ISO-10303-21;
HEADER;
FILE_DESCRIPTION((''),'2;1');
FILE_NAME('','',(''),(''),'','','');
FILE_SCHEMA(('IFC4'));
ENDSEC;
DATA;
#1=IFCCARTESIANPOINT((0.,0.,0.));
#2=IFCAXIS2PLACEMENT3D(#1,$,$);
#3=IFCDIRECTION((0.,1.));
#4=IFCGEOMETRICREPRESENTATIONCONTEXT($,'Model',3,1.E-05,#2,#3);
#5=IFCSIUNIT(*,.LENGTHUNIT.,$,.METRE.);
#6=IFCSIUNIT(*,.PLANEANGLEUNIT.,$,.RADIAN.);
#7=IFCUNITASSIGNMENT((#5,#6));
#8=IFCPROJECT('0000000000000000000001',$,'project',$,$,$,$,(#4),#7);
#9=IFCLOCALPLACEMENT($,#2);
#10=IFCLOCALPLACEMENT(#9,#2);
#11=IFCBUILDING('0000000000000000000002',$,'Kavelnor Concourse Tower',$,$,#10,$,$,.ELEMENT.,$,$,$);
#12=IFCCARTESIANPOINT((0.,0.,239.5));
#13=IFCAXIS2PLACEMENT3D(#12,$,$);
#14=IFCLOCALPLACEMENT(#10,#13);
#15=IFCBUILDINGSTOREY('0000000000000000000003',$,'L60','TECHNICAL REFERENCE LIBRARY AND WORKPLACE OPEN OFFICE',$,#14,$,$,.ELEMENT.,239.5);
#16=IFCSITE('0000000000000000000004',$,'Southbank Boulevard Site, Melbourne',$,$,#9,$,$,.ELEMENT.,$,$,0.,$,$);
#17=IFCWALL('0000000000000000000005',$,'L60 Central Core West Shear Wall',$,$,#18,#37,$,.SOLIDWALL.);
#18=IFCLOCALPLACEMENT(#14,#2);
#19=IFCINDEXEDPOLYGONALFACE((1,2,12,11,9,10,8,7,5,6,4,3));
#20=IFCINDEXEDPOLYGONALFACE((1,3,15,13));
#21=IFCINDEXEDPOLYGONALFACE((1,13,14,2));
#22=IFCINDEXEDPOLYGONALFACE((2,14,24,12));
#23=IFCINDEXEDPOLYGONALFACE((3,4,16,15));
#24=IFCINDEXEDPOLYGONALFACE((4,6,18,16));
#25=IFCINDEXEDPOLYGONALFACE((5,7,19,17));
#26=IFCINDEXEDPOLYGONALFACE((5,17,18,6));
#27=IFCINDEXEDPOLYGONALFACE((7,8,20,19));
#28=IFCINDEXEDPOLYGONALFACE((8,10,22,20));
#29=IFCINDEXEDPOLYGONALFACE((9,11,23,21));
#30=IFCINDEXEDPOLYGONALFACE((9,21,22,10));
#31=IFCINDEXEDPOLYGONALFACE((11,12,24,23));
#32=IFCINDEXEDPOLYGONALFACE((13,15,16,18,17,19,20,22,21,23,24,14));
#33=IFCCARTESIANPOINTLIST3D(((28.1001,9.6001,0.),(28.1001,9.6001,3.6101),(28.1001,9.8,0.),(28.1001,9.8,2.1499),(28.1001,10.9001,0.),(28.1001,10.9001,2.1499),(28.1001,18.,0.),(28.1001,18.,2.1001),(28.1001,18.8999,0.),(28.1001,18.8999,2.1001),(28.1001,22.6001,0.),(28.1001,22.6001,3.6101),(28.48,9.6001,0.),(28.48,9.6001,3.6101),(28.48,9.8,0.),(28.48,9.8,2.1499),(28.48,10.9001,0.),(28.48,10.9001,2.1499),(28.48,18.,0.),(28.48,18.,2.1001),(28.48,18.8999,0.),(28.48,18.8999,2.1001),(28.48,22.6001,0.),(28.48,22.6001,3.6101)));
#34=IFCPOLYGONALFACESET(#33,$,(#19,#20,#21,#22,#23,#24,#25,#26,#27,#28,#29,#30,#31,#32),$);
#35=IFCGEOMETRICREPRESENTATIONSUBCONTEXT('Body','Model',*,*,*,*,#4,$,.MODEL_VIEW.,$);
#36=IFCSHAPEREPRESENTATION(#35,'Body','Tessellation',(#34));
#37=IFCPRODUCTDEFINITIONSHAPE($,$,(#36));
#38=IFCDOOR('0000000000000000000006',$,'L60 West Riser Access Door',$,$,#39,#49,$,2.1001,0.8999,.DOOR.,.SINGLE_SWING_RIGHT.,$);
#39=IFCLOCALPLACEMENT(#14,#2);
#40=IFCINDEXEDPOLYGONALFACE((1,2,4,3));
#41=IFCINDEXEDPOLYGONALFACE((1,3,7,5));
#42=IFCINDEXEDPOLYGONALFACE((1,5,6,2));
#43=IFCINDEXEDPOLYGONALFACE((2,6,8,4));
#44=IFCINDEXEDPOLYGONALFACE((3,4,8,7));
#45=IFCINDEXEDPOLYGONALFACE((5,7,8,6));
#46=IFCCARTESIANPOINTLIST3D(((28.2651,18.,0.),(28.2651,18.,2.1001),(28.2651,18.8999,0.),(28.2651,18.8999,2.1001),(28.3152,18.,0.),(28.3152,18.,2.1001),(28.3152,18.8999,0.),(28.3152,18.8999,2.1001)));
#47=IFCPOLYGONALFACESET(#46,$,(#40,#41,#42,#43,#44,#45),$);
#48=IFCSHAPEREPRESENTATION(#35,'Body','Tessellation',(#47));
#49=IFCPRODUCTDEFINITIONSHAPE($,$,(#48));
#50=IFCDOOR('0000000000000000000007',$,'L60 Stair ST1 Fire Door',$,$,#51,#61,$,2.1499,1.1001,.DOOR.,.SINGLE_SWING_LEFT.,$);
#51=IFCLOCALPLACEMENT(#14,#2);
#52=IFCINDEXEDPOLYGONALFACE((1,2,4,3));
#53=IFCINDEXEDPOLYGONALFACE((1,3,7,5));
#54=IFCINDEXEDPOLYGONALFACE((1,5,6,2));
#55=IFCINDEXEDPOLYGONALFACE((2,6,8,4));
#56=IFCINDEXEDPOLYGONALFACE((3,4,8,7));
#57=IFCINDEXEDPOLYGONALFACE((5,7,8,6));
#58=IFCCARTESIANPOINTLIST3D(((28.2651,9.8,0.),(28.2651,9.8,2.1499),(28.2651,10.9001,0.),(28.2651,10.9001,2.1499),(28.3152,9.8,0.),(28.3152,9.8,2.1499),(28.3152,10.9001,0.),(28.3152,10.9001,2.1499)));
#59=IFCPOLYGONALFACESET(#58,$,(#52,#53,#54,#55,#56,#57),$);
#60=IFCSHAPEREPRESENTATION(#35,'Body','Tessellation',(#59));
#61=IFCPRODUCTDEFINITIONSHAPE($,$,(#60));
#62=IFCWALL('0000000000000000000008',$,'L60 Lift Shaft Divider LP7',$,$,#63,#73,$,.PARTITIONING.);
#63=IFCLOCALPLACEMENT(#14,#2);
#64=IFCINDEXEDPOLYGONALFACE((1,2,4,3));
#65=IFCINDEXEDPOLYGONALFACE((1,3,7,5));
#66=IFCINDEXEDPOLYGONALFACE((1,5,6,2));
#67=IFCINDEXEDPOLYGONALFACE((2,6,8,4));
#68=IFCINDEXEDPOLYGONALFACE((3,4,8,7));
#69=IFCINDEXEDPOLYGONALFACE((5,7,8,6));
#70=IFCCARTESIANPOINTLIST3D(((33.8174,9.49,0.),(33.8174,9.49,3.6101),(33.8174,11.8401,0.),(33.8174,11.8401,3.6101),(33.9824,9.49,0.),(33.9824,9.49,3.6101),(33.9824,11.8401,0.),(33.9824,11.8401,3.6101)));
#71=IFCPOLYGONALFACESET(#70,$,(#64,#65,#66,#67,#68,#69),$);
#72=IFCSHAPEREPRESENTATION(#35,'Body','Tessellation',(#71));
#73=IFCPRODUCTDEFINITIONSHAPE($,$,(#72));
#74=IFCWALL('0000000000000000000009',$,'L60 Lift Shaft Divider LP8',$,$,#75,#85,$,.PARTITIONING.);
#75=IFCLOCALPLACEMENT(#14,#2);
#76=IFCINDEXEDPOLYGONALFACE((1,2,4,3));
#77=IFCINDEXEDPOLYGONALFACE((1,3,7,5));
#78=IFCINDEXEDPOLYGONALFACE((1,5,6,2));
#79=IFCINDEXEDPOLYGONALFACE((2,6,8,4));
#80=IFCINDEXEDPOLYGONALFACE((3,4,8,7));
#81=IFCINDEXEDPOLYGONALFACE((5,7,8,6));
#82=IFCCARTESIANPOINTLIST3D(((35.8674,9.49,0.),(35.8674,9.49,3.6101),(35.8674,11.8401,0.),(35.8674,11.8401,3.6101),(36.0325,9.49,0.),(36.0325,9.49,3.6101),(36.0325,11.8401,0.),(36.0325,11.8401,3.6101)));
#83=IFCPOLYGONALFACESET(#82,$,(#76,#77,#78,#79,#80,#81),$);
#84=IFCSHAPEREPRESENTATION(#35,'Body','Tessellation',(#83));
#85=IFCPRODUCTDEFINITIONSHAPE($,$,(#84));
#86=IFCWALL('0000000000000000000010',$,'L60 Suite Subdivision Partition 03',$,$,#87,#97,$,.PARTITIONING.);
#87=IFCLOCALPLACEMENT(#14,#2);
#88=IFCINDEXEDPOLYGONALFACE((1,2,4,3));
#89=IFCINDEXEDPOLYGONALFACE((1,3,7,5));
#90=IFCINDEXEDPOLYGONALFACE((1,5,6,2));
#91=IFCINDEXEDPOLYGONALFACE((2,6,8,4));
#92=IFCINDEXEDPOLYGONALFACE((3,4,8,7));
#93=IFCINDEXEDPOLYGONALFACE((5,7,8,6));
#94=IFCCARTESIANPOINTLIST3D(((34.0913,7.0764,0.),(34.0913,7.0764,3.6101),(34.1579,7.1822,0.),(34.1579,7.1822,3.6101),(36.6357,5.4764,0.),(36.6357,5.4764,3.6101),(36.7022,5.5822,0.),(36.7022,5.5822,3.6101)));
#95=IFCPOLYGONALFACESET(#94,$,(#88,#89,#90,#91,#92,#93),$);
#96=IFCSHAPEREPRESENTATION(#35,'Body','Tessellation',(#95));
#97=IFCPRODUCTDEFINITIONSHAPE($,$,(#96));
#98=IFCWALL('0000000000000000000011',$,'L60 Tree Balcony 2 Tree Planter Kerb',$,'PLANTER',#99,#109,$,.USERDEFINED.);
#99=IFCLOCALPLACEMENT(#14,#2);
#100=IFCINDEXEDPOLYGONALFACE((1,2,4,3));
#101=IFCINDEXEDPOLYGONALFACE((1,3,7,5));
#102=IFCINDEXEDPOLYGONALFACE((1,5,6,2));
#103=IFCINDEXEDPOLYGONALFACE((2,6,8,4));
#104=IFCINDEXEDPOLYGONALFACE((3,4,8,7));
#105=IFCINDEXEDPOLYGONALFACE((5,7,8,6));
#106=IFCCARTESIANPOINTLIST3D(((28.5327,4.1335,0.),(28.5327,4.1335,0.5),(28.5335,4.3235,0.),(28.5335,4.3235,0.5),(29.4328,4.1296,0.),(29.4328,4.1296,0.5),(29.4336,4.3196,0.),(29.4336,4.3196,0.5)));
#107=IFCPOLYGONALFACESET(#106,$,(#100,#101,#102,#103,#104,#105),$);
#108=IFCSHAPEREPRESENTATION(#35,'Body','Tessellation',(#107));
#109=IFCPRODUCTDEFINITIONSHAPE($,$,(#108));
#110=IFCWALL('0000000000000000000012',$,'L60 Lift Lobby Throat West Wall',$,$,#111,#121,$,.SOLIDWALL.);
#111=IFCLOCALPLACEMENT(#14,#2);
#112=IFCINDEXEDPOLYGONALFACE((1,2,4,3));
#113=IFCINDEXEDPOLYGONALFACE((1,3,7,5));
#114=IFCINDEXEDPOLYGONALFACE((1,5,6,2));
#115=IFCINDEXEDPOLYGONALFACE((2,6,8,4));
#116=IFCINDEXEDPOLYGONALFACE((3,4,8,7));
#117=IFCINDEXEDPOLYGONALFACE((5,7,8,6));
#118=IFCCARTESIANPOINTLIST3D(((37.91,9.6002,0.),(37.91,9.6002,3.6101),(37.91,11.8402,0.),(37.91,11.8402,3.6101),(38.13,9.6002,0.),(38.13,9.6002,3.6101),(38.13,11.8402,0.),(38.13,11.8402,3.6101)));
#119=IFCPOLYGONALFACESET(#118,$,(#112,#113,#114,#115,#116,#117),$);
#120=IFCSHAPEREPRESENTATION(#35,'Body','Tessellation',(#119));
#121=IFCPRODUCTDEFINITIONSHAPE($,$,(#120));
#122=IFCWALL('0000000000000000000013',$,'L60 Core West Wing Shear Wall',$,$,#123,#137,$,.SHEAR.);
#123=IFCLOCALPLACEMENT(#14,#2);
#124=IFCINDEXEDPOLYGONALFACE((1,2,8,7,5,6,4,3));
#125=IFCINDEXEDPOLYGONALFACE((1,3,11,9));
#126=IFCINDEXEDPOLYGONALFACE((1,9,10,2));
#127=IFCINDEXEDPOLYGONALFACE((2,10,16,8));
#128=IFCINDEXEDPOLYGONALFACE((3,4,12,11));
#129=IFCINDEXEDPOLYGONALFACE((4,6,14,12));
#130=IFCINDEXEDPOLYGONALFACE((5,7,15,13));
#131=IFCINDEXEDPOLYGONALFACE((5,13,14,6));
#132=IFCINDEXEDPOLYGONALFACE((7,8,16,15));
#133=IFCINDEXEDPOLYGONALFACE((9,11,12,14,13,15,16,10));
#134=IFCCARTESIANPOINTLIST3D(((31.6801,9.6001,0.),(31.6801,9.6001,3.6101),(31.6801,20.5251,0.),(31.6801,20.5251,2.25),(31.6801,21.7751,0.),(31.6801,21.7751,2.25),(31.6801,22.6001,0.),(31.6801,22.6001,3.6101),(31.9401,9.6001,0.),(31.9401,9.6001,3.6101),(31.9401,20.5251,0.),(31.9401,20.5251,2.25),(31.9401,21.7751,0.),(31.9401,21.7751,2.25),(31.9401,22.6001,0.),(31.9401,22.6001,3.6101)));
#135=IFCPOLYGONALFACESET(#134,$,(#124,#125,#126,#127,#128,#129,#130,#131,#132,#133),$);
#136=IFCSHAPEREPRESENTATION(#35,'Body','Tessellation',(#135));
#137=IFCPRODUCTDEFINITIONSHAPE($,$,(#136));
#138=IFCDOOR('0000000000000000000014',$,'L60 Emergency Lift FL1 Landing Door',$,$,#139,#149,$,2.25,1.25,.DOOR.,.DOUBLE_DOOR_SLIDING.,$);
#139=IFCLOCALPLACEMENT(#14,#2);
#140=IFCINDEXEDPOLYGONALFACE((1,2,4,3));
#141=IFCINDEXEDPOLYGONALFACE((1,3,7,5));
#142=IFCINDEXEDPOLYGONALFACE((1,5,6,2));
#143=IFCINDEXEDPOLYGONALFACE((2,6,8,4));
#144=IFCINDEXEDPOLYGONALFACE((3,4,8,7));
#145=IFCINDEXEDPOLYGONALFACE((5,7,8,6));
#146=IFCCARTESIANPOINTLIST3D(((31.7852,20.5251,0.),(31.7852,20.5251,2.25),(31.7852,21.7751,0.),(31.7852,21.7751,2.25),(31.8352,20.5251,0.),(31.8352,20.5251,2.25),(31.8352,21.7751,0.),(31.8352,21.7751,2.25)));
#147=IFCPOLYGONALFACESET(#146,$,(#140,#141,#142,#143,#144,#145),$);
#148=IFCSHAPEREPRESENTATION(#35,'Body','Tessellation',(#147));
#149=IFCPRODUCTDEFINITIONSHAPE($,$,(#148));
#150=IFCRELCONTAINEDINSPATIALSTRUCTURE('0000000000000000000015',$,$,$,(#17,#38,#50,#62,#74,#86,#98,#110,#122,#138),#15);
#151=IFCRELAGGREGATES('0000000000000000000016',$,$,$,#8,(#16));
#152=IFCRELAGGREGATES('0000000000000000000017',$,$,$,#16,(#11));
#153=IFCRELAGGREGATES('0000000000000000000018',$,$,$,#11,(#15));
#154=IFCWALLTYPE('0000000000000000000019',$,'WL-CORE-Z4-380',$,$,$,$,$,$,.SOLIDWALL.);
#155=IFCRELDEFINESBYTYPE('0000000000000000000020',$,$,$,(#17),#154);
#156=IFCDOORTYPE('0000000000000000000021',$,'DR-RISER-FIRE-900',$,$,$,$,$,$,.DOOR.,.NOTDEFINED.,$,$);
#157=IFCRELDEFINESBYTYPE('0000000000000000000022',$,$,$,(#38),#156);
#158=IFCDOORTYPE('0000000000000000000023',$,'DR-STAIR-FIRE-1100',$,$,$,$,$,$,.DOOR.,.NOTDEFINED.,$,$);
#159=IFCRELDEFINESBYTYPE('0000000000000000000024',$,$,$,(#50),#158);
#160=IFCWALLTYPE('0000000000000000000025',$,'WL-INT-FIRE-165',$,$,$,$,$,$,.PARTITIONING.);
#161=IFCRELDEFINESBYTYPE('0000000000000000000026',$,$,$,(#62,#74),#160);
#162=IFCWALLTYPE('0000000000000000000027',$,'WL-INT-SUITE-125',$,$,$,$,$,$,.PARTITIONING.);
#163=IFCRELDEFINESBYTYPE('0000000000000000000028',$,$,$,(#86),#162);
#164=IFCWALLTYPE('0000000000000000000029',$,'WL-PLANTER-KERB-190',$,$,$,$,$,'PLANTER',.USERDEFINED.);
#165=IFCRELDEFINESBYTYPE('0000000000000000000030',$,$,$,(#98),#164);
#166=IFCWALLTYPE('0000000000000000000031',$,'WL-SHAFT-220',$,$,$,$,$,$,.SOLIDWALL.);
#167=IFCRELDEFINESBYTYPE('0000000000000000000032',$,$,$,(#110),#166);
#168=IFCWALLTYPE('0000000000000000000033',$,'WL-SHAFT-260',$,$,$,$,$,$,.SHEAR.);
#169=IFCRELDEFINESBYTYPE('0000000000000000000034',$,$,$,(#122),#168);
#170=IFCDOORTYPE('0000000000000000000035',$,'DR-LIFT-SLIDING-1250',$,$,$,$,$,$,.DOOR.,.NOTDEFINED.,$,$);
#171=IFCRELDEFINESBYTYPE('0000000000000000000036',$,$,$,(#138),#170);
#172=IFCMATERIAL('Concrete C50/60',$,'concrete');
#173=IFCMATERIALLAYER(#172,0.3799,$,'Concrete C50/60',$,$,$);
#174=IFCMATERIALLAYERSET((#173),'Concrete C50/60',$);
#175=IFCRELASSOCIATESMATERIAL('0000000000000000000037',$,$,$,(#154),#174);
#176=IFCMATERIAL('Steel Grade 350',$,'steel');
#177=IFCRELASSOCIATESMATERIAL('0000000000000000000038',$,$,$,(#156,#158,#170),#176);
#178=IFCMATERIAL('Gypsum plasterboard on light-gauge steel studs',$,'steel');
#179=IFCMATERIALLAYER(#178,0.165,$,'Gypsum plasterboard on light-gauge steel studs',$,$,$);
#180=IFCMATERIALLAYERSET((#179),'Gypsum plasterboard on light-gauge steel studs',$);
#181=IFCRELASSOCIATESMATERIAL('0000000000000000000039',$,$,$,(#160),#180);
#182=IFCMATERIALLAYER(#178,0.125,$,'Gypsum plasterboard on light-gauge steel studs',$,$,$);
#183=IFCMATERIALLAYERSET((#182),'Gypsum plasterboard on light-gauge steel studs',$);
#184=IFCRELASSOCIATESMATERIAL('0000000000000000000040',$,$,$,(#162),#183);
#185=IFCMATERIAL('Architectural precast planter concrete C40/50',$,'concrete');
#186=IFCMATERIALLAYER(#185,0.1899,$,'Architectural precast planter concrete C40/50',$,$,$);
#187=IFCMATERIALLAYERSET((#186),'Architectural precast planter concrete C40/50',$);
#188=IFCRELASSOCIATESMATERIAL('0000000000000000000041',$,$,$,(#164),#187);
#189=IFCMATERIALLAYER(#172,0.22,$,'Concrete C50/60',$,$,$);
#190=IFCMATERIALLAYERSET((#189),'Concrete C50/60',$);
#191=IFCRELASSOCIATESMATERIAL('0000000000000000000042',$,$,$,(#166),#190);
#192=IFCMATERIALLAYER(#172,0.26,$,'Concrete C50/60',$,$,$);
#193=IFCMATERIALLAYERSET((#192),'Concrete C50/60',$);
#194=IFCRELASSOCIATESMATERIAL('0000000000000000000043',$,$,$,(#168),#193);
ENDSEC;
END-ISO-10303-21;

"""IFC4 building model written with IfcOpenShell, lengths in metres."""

from ifc_helpers import new_model, si_unit, direction, frame, frame_2d, origin, place, context, subcontext, project, spatial, rectangle, extrude, material, layer, layer_set, type_object, element, fill, save


model = new_model("IFC4")

# Units and contexts
model_context = context("Model", 3, precision=1e-05, world=origin(), true_north=direction((0.0, 1.0)))
body_context = subcontext(model_context, "Body", "Model", "MODEL_VIEW")
ifc_project = project(units=[si_unit("LENGTHUNIT", "METRE"), si_unit("PLANEANGLEUNIT", "RADIAN")], contexts=[model_context])

# Site, building, storey
site_placement = place(None, origin())
site = spatial("IfcSite", under=ifc_project, at=site_placement, Name="Southbank Boulevard Site, Melbourne", CompositionType="ELEMENT", RefElevation=0.0)
building_placement = place(site_placement, origin())
building = spatial("IfcBuilding", under=site, at=building_placement, Name="Kavelnor Concourse Tower", CompositionType="ELEMENT")
storey_placement = place(building_placement, frame((0.0, 0.0, 239.5)))
storey = spatial("IfcBuildingStorey", under=building, at=storey_placement, Name="L60", Description="TECHNICAL REFERENCE LIBRARY AND WORKPLACE OPEN OFFICE", CompositionType="ELEMENT", Elevation=239.5)

# Shared definitions
ifc_material_1 = material(Name="Steel Grade 350", Category="steel")

# Wall, openings, doors
ifc_material_2 = material(Name="Concrete C50/60", Category="concrete")
ifc_layer_1 = layer(ifc_material_2, 0.3799, Name="Concrete C50/60")
ifc_layer_set_1 = layer_set([ifc_layer_1], Name="Concrete C50/60")
wall_type_1 = type_object("IfcWallType", Name="WL-CORE-Z4-380", PredefinedType="SOLIDWALL", material=ifc_layer_set_1)
wall_1_placement = place(storey_placement, frame((28.29, 9.6001, 0.0), z_axis=(0.0, 0.0, 1.0), x_axis=(0.0, 1.0, 0.0)))
wall_1 = element("IfcWall", 1, at=wall_1_placement, inside=storey, type_object=wall_type_1, Name="L60 Central Core West Shear Wall", PredefinedType="SOLIDWALL", context=body_context, shape_type="SweptSolid", body=[
    extrude(rectangle(XDim=13.0, YDim=0.3799, at=frame_2d((6.5, 0.0))), origin(), (0.0, 0.0, 1.0), 3.6101),
])
opening_1_placement = place(wall_1_placement, frame((0.2, 0.0, 0.0)))
opening_1 = element("IfcOpeningElement", 2, at=opening_1_placement, cuts=wall_1, PredefinedType="OPENING", context=body_context, shape_type="SweptSolid", body=[
    extrude(rectangle(XDim=1.1001, YDim=2.1499, at=frame_2d((0.55, 1.075))), frame((0.0, 0.2, 0.0), z_axis=(0.0, -1.0, 0.0), x_axis=(1.0, 0.0, 0.0)), (0.0, 0.0, 1.0), 0.3999),
])
opening_2_placement = place(wall_1_placement, frame((8.3999, 0.0, 0.0)))
opening_2 = element("IfcOpeningElement", 3, at=opening_2_placement, cuts=wall_1, PredefinedType="OPENING", context=body_context, shape_type="SweptSolid", body=[
    extrude(rectangle(XDim=0.8999, YDim=2.1001, at=frame_2d((0.45, 1.05))), frame((0.0, 0.2, 0.0), z_axis=(0.0, -1.0, 0.0), x_axis=(1.0, 0.0, 0.0)), (0.0, 0.0, 1.0), 0.3999),
])
door_type_1 = type_object("IfcDoorType", Name="DR-RISER-FIRE-900", OperationType="NOTDEFINED", PredefinedType="DOOR", material=ifc_material_1)
door_1_placement = place(opening_2_placement, origin())
door_1 = element("IfcDoor", 4, at=door_1_placement, inside=storey, type_object=door_type_1, Name="L60 West Riser Access Door", OperationType="SINGLE_SWING_RIGHT", OverallHeight=2.1001, OverallWidth=0.8999, PredefinedType="DOOR", context=body_context, shape_type="SweptSolid", body=[
    extrude(rectangle(XDim=0.8999, YDim=2.1001, at=frame_2d((0.45, 1.05))), frame((0.0, 0.0249, 0.0), z_axis=(0.0, -1.0, 0.0), x_axis=(1.0, 0.0, 0.0)), (0.0, 0.0, 1.0), 0.05),
])
fill(opening_2, door_1)
door_type_2 = type_object("IfcDoorType", Name="DR-STAIR-FIRE-1100", OperationType="NOTDEFINED", PredefinedType="DOOR", material=ifc_material_1)
door_2_placement = place(opening_1_placement, origin())
door_2 = element("IfcDoor", 5, at=door_2_placement, inside=storey, type_object=door_type_2, Name="L60 Stair ST1 Fire Door", OperationType="SINGLE_SWING_LEFT", OverallHeight=2.1499, OverallWidth=1.1001, PredefinedType="DOOR", context=body_context, shape_type="SweptSolid", body=[
    extrude(rectangle(XDim=1.1001, YDim=2.1499, at=frame_2d((0.55, 1.075))), frame((0.0, 0.0249, 0.0), z_axis=(0.0, -1.0, 0.0), x_axis=(1.0, 0.0, 0.0)), (0.0, 0.0, 1.0), 0.05),
])
fill(opening_1, door_2)

# Walls
ifc_material_3 = material(Name="Gypsum plasterboard on light-gauge steel studs", Category="steel")
ifc_layer_2 = layer(ifc_material_3, 0.165, Name="Gypsum plasterboard on light-gauge steel studs")
ifc_layer_set_2 = layer_set([ifc_layer_2], Name="Gypsum plasterboard on light-gauge steel studs")
wall_type_2 = type_object("IfcWallType", Name="WL-INT-FIRE-165", PredefinedType="PARTITIONING", material=ifc_layer_set_2)
for number, where, z_axis, x_axis, name in (
    (6, (33.8999, 9.49, 0.0), (0.0, 0.0, 1.0), (0.0, 1.0, 0.0), "L60 Lift Shaft Divider LP7"),
    (7, (35.95, 9.49, 0.0), (0.0, 0.0, 1.0), (0.0, 1.0, 0.0), "L60 Lift Shaft Divider LP8"),
):
    element("IfcWall", number, at=place(storey_placement, frame(where, z_axis=z_axis, x_axis=x_axis)), inside=storey, type_object=wall_type_2, Name=name, PredefinedType="PARTITIONING", context=body_context, shape_type="SweptSolid", body=[
        extrude(rectangle(XDim=2.3501, YDim=0.165, at=frame_2d((1.175, 0.0))), origin(), (0.0, 0.0, 1.0), 3.6101),
    ])
ifc_layer_3 = layer(ifc_material_3, 0.125, Name="Gypsum plasterboard on light-gauge steel studs")
ifc_layer_set_3 = layer_set([ifc_layer_3], Name="Gypsum plasterboard on light-gauge steel studs")
wall_type_3 = type_object("IfcWallType", Name="WL-INT-SUITE-125", PredefinedType="PARTITIONING", material=ifc_layer_set_3)
wall_2_placement = place(storey_placement, frame((34.1245, 7.1294, 0.0), z_axis=(0.0, 0.0, 1.0), x_axis=(0.846526, -0.532348, 0.0)))
element("IfcWall", 8, at=wall_2_placement, inside=storey, type_object=wall_type_3, Name="L60 Suite Subdivision Partition 03", PredefinedType="PARTITIONING", context=body_context, shape_type="SweptSolid", body=[
    extrude(rectangle(XDim=3.0056, YDim=0.125, at=frame_2d((1.5029, 0.0))), origin(), (0.0, 0.0, 1.0), 3.6101),
])
ifc_material_4 = material(Name="Architectural precast planter concrete C40/50", Category="concrete")
ifc_layer_4 = layer(ifc_material_4, 0.1899, Name="Architectural precast planter concrete C40/50")
ifc_layer_set_4 = layer_set([ifc_layer_4], Name="Architectural precast planter concrete C40/50")
wall_type_4 = type_object("IfcWallType", Name="WL-PLANTER-KERB-190", ElementType="PLANTER", PredefinedType="USERDEFINED", material=ifc_layer_set_4)
wall_3_placement = place(storey_placement, frame((28.533, 4.2285, 0.0), z_axis=(0.0, 0.0, 1.0), x_axis=(0.999991, -0.00434, 0.0)))
element("IfcWall", 9, at=wall_3_placement, inside=storey, type_object=wall_type_4, Name="L60 Tree Balcony 2 Tree Planter Kerb", ObjectType="PLANTER", PredefinedType="USERDEFINED", context=body_context, shape_type="SweptSolid", body=[
    extrude(rectangle(XDim=0.9001, YDim=0.1899, at=frame_2d((0.4502, 0.0))), origin(), (0.0, 0.0, 1.0), 0.5),
])
ifc_layer_5 = layer(ifc_material_2, 0.22, Name="Concrete C50/60")
ifc_layer_set_5 = layer_set([ifc_layer_5], Name="Concrete C50/60")
wall_type_5 = type_object("IfcWallType", Name="WL-SHAFT-220", PredefinedType="SOLIDWALL", material=ifc_layer_set_5)
wall_4_placement = place(storey_placement, frame((38.02, 9.6001, 0.0), z_axis=(0.0, 0.0, 1.0), x_axis=(0.0, 1.0, 0.0)))
element("IfcWall", 10, at=wall_4_placement, inside=storey, type_object=wall_type_5, Name="L60 Lift Lobby Throat West Wall", PredefinedType="SOLIDWALL", context=body_context, shape_type="SweptSolid", body=[
    extrude(rectangle(XDim=2.24, YDim=0.22, at=frame_2d((1.1201, 0.0))), origin(), (0.0, 0.0, 1.0), 3.6101),
])

# Wall, opening, door
ifc_layer_6 = layer(ifc_material_2, 0.26, Name="Concrete C50/60")
ifc_layer_set_6 = layer_set([ifc_layer_6], Name="Concrete C50/60")
wall_type_6 = type_object("IfcWallType", Name="WL-SHAFT-260", PredefinedType="SHEAR", material=ifc_layer_set_6)
wall_5_placement = place(storey_placement, frame((31.8101, 9.6001, 0.0), z_axis=(0.0, 0.0, 1.0), x_axis=(0.0, 1.0, 0.0)))
wall_5 = element("IfcWall", 11, at=wall_5_placement, inside=storey, type_object=wall_type_6, Name="L60 Core West Wing Shear Wall", PredefinedType="SHEAR", context=body_context, shape_type="SweptSolid", body=[
    extrude(rectangle(XDim=13.0, YDim=0.26, at=frame_2d((6.5, 0.0))), origin(), (0.0, 0.0, 1.0), 3.6101),
])
opening_3_placement = place(wall_5_placement, frame((10.925, 0.0, 0.0)))
opening_3 = element("IfcOpeningElement", 12, at=opening_3_placement, cuts=wall_5, PredefinedType="OPENING", context=body_context, shape_type="SweptSolid", body=[
    extrude(rectangle(XDim=1.25, YDim=2.25, at=frame_2d((0.625, 1.125))), frame((0.0, 0.1401, 0.0), z_axis=(0.0, -1.0, 0.0), x_axis=(1.0, 0.0, 0.0)), (0.0, 0.0, 1.0), 0.28),
])
door_type_3 = type_object("IfcDoorType", Name="DR-LIFT-SLIDING-1250", OperationType="NOTDEFINED", PredefinedType="DOOR", material=ifc_material_1)
door_3_placement = place(opening_3_placement, origin())
door_3 = element("IfcDoor", 13, at=door_3_placement, inside=storey, type_object=door_type_3, Name="L60 Emergency Lift FL1 Landing Door", OperationType="DOUBLE_DOOR_SLIDING", OverallHeight=2.25, OverallWidth=1.25, PredefinedType="DOOR", context=body_context, shape_type="SweptSolid", body=[
    extrude(rectangle(XDim=1.25, YDim=2.25, at=frame_2d((0.625, 1.125))), frame((0.0, 0.0249, 0.0), z_axis=(0.0, -1.0, 0.0), x_axis=(1.0, 0.0, 0.0)), (0.0, 0.0, 1.0), 0.05),
])
fill(opening_3, door_3)

save(model, "model.ifc")
